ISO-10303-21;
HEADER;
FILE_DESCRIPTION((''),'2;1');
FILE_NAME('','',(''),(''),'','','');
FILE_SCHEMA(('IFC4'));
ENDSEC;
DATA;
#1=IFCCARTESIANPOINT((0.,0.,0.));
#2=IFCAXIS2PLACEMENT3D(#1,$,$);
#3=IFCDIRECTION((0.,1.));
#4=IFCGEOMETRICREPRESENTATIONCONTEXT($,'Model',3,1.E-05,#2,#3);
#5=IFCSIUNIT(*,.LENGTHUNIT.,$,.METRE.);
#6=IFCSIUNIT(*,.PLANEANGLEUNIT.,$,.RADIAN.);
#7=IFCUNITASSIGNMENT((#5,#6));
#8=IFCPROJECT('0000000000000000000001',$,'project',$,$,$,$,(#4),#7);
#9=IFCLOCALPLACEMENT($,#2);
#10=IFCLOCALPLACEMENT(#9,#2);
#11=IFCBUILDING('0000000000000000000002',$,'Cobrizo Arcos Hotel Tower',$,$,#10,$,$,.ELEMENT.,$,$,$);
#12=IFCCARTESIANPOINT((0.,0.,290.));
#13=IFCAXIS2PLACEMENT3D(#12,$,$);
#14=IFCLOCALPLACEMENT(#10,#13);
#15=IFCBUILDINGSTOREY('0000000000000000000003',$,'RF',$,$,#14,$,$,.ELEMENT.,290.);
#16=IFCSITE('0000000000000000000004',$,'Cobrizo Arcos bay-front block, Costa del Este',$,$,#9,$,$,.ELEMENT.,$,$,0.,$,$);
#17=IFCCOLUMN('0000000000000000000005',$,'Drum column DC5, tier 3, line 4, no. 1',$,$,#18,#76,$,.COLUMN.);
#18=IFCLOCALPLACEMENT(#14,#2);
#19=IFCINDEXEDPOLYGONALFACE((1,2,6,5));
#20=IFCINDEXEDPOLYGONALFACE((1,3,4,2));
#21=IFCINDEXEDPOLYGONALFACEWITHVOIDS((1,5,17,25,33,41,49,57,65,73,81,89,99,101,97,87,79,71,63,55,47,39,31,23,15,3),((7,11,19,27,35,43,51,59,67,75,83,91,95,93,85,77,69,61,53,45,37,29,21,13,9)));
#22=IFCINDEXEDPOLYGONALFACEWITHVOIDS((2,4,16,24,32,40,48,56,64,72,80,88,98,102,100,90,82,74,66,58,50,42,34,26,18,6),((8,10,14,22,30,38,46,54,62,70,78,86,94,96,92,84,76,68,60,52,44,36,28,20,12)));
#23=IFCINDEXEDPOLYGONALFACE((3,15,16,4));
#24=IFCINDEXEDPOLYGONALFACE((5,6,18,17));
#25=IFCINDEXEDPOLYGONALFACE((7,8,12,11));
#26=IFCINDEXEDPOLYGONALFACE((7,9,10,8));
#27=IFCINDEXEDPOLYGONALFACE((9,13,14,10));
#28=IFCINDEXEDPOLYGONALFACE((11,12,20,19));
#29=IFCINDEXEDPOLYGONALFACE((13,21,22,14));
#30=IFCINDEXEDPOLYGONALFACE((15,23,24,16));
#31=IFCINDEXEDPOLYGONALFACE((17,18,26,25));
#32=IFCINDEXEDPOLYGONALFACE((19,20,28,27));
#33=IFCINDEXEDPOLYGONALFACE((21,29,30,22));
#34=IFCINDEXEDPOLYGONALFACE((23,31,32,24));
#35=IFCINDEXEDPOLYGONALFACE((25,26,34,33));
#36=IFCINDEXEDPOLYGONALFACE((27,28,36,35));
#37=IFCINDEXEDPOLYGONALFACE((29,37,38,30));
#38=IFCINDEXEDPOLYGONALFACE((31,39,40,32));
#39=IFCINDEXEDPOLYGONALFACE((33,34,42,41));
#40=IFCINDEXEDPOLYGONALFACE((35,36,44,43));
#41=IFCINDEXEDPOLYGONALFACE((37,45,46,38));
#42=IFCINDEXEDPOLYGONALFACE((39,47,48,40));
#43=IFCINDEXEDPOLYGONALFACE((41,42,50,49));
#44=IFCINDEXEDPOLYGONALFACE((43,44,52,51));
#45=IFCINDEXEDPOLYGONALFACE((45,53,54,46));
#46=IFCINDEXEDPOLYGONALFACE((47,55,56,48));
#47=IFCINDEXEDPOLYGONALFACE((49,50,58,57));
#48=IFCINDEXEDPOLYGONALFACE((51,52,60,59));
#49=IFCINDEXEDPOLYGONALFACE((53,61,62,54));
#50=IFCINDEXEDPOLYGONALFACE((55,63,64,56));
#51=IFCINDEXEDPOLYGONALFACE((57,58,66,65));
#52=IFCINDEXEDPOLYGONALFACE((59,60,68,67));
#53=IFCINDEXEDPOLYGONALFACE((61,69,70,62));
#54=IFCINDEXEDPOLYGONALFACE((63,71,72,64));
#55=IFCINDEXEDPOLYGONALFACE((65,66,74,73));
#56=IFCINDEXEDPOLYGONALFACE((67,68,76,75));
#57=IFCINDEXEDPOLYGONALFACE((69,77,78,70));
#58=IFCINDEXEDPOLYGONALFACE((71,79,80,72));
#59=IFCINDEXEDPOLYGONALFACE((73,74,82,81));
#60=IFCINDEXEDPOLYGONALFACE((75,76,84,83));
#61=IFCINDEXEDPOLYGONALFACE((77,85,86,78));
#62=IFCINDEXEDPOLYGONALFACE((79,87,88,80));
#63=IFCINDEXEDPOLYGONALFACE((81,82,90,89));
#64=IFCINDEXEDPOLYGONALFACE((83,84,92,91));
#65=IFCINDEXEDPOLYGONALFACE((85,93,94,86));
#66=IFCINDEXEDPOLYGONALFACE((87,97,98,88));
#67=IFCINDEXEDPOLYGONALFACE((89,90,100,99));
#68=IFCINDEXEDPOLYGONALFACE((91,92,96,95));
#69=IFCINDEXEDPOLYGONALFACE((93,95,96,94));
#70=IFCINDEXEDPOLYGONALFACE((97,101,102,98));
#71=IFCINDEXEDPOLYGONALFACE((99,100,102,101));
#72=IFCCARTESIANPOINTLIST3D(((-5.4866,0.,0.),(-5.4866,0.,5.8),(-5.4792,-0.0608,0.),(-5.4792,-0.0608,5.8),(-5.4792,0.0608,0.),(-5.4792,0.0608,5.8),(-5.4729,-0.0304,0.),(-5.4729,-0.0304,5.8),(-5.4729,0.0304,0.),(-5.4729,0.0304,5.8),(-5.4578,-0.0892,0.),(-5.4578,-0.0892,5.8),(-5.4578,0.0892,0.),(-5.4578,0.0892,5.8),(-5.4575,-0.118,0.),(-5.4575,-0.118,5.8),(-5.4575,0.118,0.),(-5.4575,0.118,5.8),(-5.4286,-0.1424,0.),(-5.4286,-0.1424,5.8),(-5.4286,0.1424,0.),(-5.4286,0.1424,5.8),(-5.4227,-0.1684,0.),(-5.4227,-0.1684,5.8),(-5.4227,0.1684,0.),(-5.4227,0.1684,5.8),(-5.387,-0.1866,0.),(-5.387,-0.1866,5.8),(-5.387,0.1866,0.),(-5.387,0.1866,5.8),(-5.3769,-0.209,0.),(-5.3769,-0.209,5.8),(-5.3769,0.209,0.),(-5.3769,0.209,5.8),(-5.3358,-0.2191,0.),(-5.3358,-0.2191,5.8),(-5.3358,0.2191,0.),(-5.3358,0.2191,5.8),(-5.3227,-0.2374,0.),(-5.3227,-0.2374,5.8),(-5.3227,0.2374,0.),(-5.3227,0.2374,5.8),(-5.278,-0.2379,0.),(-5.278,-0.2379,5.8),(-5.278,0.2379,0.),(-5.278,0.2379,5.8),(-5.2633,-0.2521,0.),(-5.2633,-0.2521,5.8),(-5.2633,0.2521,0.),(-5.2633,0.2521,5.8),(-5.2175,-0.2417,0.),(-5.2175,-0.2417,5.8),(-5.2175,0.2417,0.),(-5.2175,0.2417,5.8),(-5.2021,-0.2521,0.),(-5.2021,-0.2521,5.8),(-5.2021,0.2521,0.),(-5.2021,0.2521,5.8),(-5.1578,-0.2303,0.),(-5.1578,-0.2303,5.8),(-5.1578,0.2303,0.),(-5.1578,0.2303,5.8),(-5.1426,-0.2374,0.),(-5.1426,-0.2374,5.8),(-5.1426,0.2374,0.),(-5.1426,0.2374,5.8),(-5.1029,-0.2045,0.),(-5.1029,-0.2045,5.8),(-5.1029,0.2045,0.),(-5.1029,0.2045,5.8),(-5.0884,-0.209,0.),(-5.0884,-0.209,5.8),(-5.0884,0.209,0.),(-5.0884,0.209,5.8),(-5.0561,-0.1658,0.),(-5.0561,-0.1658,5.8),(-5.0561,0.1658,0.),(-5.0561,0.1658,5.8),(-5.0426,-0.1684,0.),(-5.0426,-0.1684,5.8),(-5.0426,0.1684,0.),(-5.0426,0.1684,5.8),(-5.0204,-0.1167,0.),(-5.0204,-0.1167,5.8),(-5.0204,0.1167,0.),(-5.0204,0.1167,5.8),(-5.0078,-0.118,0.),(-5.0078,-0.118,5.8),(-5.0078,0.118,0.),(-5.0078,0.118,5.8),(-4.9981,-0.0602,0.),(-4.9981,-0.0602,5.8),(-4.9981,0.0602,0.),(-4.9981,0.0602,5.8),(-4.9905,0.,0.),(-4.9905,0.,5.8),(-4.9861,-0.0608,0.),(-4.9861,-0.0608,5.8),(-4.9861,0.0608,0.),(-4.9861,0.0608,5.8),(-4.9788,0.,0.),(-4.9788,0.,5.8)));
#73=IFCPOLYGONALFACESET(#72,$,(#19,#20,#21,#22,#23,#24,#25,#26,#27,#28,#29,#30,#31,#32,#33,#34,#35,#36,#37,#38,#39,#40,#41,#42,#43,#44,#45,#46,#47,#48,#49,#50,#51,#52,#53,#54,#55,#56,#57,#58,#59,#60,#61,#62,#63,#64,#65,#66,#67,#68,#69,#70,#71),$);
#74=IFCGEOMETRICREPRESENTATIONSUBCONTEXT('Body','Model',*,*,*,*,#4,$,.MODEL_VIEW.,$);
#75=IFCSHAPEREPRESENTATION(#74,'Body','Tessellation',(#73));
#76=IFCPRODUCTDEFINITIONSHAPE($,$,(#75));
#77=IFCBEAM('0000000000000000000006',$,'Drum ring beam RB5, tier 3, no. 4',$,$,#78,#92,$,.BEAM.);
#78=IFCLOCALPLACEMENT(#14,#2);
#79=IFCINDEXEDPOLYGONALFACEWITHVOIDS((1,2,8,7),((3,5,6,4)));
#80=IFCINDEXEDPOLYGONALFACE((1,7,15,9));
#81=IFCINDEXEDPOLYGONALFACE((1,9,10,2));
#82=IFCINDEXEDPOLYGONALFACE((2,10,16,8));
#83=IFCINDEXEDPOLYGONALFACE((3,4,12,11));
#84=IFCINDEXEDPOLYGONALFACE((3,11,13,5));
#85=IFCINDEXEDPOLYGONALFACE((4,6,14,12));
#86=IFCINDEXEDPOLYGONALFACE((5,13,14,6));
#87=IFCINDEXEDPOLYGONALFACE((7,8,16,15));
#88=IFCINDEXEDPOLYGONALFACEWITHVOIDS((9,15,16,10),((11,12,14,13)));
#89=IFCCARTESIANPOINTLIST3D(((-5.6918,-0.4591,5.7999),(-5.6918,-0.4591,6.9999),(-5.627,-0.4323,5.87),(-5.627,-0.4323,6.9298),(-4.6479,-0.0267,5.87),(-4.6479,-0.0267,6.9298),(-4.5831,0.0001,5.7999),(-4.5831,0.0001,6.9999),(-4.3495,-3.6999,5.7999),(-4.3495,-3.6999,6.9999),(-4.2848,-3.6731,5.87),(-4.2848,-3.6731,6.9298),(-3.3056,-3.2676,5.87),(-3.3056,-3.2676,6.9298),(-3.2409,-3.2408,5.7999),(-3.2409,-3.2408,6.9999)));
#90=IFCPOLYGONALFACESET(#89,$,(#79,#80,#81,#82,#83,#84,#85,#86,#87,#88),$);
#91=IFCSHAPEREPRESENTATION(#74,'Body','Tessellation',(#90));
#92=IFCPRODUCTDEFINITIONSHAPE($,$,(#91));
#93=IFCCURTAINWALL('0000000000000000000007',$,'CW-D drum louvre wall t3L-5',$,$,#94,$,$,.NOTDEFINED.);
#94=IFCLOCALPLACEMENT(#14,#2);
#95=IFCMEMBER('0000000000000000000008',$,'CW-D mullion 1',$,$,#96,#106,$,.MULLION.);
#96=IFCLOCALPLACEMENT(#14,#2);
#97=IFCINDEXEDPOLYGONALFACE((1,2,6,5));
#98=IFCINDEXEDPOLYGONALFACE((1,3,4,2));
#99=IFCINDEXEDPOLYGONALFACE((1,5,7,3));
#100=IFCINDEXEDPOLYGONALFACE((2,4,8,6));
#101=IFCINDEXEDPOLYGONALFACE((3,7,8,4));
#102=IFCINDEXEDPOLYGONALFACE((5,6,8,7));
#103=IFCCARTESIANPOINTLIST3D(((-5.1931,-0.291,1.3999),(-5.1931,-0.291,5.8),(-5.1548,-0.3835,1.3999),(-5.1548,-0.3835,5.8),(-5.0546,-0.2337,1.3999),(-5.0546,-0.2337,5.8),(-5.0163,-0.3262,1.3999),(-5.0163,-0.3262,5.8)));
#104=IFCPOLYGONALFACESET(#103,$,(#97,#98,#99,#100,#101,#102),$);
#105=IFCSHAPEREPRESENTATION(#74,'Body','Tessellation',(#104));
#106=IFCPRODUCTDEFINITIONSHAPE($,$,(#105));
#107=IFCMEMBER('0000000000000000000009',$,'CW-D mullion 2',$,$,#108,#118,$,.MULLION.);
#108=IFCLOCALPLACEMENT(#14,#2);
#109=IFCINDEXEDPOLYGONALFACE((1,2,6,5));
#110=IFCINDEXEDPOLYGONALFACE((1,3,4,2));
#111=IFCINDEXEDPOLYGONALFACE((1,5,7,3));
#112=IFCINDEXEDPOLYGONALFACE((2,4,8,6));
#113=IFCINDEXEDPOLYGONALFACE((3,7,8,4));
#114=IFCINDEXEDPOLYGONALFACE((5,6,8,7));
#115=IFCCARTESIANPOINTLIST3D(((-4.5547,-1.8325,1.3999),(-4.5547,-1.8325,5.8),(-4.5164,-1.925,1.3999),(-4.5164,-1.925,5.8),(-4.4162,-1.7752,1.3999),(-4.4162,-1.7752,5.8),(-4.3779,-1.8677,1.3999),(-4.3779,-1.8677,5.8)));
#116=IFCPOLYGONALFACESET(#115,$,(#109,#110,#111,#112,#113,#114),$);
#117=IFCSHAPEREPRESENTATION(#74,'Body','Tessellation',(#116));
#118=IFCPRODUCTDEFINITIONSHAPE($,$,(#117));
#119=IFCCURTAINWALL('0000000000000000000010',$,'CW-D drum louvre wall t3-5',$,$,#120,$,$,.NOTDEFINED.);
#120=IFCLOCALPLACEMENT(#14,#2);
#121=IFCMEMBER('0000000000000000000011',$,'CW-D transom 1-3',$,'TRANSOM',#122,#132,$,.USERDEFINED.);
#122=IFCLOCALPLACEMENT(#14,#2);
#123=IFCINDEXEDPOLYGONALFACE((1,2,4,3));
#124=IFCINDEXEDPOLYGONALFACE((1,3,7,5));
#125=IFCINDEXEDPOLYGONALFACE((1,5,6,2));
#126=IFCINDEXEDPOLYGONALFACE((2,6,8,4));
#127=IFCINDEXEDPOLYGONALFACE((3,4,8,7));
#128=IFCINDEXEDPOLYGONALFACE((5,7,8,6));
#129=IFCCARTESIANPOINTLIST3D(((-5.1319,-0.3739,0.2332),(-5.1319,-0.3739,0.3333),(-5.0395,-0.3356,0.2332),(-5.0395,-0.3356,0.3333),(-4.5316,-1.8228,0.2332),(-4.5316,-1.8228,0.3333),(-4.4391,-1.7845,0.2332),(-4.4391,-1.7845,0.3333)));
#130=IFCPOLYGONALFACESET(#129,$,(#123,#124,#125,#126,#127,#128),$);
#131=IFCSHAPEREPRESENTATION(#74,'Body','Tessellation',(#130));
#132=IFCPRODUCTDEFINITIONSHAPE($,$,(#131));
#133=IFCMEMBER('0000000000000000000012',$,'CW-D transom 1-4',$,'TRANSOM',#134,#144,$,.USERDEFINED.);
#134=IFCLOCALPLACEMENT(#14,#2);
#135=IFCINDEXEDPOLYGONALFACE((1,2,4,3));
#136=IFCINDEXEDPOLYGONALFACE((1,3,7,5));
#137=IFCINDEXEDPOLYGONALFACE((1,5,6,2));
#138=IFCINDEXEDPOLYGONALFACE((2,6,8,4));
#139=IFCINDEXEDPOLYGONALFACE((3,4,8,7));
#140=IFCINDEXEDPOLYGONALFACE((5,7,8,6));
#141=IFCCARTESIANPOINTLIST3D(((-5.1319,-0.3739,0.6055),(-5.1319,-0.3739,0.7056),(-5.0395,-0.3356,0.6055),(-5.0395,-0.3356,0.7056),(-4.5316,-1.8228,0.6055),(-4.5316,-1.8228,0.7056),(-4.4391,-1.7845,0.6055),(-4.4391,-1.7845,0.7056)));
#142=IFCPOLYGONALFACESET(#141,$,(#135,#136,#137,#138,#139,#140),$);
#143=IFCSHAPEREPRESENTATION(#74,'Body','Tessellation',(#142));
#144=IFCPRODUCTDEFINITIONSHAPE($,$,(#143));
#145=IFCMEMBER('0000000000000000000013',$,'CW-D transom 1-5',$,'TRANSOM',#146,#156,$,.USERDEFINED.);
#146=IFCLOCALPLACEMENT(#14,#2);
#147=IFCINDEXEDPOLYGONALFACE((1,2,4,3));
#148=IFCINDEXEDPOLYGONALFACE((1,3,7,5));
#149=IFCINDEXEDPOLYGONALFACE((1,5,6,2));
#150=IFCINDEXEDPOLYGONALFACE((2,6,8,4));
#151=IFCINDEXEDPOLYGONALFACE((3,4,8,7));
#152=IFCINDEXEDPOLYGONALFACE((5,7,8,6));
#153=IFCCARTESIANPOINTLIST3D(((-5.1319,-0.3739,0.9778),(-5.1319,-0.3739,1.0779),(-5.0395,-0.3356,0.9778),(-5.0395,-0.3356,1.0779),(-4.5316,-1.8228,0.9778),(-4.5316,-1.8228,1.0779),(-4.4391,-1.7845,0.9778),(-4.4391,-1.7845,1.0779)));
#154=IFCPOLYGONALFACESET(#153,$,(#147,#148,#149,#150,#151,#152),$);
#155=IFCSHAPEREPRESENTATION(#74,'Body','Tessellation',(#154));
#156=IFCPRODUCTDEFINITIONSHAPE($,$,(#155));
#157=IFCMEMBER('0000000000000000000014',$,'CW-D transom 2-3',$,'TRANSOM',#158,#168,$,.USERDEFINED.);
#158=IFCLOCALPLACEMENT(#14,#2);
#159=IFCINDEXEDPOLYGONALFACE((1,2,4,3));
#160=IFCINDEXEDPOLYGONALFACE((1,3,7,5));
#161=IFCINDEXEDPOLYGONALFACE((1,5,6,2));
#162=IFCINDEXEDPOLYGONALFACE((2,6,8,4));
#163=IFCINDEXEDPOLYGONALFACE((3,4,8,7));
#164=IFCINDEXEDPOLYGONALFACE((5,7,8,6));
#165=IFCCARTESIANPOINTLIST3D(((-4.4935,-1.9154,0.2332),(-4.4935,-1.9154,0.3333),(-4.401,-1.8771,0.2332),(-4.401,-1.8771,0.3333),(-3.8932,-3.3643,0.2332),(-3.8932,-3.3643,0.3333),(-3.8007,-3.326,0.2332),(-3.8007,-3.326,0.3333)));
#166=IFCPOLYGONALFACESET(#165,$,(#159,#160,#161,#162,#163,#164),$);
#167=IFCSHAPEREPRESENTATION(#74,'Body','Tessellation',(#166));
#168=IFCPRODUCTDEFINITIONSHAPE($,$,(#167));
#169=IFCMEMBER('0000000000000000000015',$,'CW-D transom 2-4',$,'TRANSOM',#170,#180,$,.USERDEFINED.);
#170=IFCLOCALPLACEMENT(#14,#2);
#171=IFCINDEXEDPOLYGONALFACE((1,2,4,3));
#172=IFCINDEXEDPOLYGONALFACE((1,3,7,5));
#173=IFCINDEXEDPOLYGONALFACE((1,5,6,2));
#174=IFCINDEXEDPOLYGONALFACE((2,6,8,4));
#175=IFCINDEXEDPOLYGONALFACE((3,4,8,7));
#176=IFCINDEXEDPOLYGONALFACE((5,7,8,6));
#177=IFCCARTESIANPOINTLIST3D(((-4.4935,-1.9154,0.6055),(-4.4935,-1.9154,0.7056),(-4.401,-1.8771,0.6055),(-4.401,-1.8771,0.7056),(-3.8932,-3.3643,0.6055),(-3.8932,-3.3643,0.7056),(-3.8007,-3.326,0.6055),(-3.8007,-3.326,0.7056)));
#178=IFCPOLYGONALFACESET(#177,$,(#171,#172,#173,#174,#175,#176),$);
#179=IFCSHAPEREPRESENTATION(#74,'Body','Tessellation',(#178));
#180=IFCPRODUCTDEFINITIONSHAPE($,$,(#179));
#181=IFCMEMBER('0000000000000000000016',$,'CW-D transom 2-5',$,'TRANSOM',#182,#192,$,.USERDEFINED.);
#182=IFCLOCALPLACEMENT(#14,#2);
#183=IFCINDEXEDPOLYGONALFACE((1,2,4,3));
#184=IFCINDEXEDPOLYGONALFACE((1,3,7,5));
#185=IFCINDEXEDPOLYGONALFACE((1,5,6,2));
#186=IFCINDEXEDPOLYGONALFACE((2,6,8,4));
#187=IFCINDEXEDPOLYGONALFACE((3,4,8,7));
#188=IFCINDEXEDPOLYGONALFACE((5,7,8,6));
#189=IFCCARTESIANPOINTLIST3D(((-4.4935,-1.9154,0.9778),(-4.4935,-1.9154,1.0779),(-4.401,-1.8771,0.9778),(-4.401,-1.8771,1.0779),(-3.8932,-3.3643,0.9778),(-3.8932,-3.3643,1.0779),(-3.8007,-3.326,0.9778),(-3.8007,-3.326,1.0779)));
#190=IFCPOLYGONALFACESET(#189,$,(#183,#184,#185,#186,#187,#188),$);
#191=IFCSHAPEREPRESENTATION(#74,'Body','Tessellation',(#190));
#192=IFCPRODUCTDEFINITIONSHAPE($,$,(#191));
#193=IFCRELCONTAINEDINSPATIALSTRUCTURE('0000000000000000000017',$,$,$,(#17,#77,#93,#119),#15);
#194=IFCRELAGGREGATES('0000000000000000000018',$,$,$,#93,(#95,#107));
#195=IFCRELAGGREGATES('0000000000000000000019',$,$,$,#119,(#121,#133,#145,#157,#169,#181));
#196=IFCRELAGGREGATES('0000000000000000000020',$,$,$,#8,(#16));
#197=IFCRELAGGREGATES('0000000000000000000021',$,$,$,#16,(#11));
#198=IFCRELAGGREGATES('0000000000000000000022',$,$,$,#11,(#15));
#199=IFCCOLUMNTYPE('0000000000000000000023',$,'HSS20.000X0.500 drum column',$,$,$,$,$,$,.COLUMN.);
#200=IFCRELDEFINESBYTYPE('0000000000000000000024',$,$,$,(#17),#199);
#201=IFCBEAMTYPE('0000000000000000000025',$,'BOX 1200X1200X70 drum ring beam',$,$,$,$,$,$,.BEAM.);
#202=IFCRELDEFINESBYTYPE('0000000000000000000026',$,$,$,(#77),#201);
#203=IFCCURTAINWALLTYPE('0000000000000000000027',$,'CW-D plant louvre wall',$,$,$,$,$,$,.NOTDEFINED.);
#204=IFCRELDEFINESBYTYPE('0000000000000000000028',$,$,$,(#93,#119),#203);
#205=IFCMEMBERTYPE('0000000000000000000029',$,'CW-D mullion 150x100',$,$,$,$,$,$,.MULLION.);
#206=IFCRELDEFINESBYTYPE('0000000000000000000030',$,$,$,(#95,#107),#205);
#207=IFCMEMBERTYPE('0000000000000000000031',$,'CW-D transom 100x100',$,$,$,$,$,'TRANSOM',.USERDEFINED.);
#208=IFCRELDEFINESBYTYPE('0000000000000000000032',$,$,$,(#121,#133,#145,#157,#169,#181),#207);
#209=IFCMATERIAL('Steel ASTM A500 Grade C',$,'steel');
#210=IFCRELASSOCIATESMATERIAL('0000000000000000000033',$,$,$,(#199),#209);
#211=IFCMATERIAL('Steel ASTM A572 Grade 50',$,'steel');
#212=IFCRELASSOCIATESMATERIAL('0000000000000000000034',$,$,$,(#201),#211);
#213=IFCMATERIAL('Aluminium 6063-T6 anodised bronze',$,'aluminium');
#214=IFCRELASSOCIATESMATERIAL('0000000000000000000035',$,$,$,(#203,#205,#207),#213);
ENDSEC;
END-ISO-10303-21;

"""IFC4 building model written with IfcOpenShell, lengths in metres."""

from ifc_helpers import new_model, si_unit, direction, frame, origin, origin_2d, place, context, subcontext, project, spatial, rectangle, hollow_rectangle, hollow_circle, extrude, material, material_profile, profile_set, type_object, element, aggregate, save


model = new_model("IFC4")

# Units and contexts
model_context = context("Model", 3, precision=1e-05, world=origin(), true_north=direction((0.0, 1.0)))
body_context = subcontext(model_context, "Body", "Model", "MODEL_VIEW")
ifc_project = project(units=[si_unit("LENGTHUNIT", "METRE"), si_unit("PLANEANGLEUNIT", "RADIAN")], contexts=[model_context])

# Site, building, storey
site_placement = place(None, origin())
site = spatial("IfcSite", under=ifc_project, at=site_placement, Name="Cobrizo Arcos bay-front block, Costa del Este", CompositionType="ELEMENT", RefElevation=0.0)
building_placement = place(site_placement, origin())
building = spatial("IfcBuilding", under=site, at=building_placement, Name="Cobrizo Arcos Hotel Tower", CompositionType="ELEMENT")
storey_placement = place(building_placement, frame((0.0, 0.0, 290.0)))
storey = spatial("IfcBuildingStorey", under=building, at=storey_placement, Name="RF", CompositionType="ELEMENT", Elevation=290.0)

# Column
ifc_material_1 = material(Name="Steel ASTM A500 Grade C", Category="steel")
ifc_material_profile_1 = material_profile(ifc_material_1, hollow_circle(Radius=0.2539, WallThickness=0.0117, at=origin_2d()), Name="HSS20.000X0.500")
ifc_profile_set_1 = profile_set([ifc_material_profile_1], Name="Steel ASTM A500 Grade C")
column_type = type_object("IfcColumnType", Name="HSS20.000X0.500 drum column", PredefinedType="COLUMN", material=ifc_profile_set_1)
column_placement = place(storey_placement, frame((-5.2327, 0.0, 0.0), z_axis=(0.0, 0.0, 1.0), x_axis=(1.0, 0.0, 0.0)))
element("IfcColumn", 1, at=column_placement, inside=storey, type_object=column_type, Name="Drum column DC5, tier 3, line 4, no. 1", PredefinedType="COLUMN", context=body_context, shape_type="SweptSolid", body=[
    extrude(hollow_circle(Radius=0.2539, WallThickness=0.0117, at=origin_2d()), origin(), (0.0, 0.0, 1.0), 5.8),
])

# Beam
ifc_material_2 = material(Name="Steel ASTM A572 Grade 50", Category="steel")
ifc_material_profile_2 = material_profile(ifc_material_2, hollow_rectangle(XDim=1.2, YDim=1.2, WallThickness=0.0701, at=origin_2d()), Name="BOX 1200X1200X70")
ifc_profile_set_2 = profile_set([ifc_material_profile_2], Name="Steel ASTM A572 Grade 50")
beam_type = type_object("IfcBeamType", Name="BOX 1200X1200X70 drum ring beam", PredefinedType="BEAM", material=ifc_profile_set_2)
beam_placement = place(storey_placement, frame((-5.1375, -0.2295, 6.3999), z_axis=(0.382643, -0.923896, 0.0), x_axis=(0.923896, 0.382643, 0.0)))
element("IfcBeam", 2, at=beam_placement, inside=storey, type_object=beam_type, Name="Drum ring beam RB5, tier 3, no. 4", PredefinedType="BEAM", context=body_context, shape_type="SweptSolid", body=[
    extrude(hollow_rectangle(XDim=1.2, YDim=1.2, WallThickness=0.0701, at=origin_2d()), origin(), (0.0, 0.0, 1.0), 3.5078),
])

# Curtain walls, members
ifc_material_3 = material(Name="Aluminium 6063-T6 anodised bronze", Category="aluminium")
curtain_wall_type = type_object("IfcCurtainWallType", Name="CW-D plant louvre wall", PredefinedType="NOTDEFINED", material=ifc_material_3)
curtain_wall_1_placement = place(storey_placement, origin())
curtain_wall_1 = element("IfcCurtainWall", 3, at=curtain_wall_1_placement, inside=storey, type_object=curtain_wall_type, Name="CW-D drum louvre wall t3L-5", PredefinedType="NOTDEFINED")
ifc_material_profile_3 = material_profile(ifc_material_3, rectangle(XDim=0.1499, YDim=0.1001, at=origin_2d()), Name="CW-D mullion 150x100")
ifc_profile_set_3 = profile_set([ifc_material_profile_3], Name="Aluminium 6063-T6 anodised bronze")
member_type_1 = type_object("IfcMemberType", Name="CW-D mullion 150x100", PredefinedType="MULLION", material=ifc_profile_set_3)
member_1_placement = place(storey_placement, frame((-5.1047, -0.3086, 1.3999), z_axis=(0.0, 0.0, 1.0), x_axis=(-0.92388, -0.382683, 0.0)))
member_1 = element("IfcMember", 4, at=member_1_placement, type_object=member_type_1, Name="CW-D mullion 1", PredefinedType="MULLION", context=body_context, shape_type="SweptSolid", body=[
    extrude(rectangle(XDim=0.1499, YDim=0.1001, at=origin_2d()), origin(), (0.0, 0.0, 1.0), 4.4001),
])
member_2_placement = place(storey_placement, frame((-4.4663, -1.8501, 1.3999), z_axis=(0.0, 0.0, 1.0), x_axis=(-0.92388, -0.382683, 0.0)))
member_2 = element("IfcMember", 5, at=member_2_placement, type_object=member_type_1, Name="CW-D mullion 2", PredefinedType="MULLION", context=body_context, shape_type="SweptSolid", body=[
    extrude(rectangle(XDim=0.1499, YDim=0.1001, at=origin_2d()), origin(), (0.0, 0.0, 1.0), 4.4001),
])
curtain_wall_2_placement = place(storey_placement, origin())
curtain_wall_2 = element("IfcCurtainWall", 6, at=curtain_wall_2_placement, inside=storey, type_object=curtain_wall_type, Name="CW-D drum louvre wall t3-5", PredefinedType="NOTDEFINED")
ifc_material_profile_4 = material_profile(ifc_material_3, rectangle(XDim=0.1001, YDim=0.1001, at=origin_2d()), Name="CW-D transom 100x100")
ifc_profile_set_4 = profile_set([ifc_material_profile_4], Name="Aluminium 6063-T6 anodised bronze")
member_type_2 = type_object("IfcMemberType", Name="CW-D transom 100x100", ElementType="TRANSOM", PredefinedType="USERDEFINED", material=ifc_profile_set_4)
member_3_placement = place(storey_placement, frame((-5.0857, -0.3547, 0.2832), z_axis=(0.382769, -0.923844, 0.0), x_axis=(0.923844, 0.382769, 0.0)))
member_3 = element("IfcMember", 7, at=member_3_placement, type_object=member_type_2, Name="CW-D transom 1-3", ObjectType="TRANSOM", PredefinedType="USERDEFINED", context=body_context, shape_type="SweptSolid", body=[
    extrude(rectangle(XDim=0.1001, YDim=0.1001, at=origin_2d()), origin(), (0.0, 0.0, 1.0), 1.5684),
])
member_4_placement = place(storey_placement, frame((-5.0857, -0.3547, 0.6555), z_axis=(0.382769, -0.923844, 0.0), x_axis=(0.923844, 0.382769, 0.0)))
member_4 = element("IfcMember", 8, at=member_4_placement, type_object=member_type_2, Name="CW-D transom 1-4", ObjectType="TRANSOM", PredefinedType="USERDEFINED", context=body_context, shape_type="SweptSolid", body=[
    extrude(rectangle(XDim=0.1001, YDim=0.1001, at=origin_2d()), origin(), (0.0, 0.0, 1.0), 1.5684),
])
member_5_placement = place(storey_placement, frame((-5.0857, -0.3547, 1.0278), z_axis=(0.382769, -0.923844, 0.0), x_axis=(0.923844, 0.382769, 0.0)))
member_5 = element("IfcMember", 9, at=member_5_placement, type_object=member_type_2, Name="CW-D transom 1-5", ObjectType="TRANSOM", PredefinedType="USERDEFINED", context=body_context, shape_type="SweptSolid", body=[
    extrude(rectangle(XDim=0.1001, YDim=0.1001, at=origin_2d()), origin(), (0.0, 0.0, 1.0), 1.5684),
])
member_6_placement = place(storey_placement, frame((-4.4473, -1.8962, 0.2832), z_axis=(0.382769, -0.923844, 0.0), x_axis=(0.923844, 0.382769, 0.0)))
member_6 = element("IfcMember", 10, at=member_6_placement, type_object=member_type_2, Name="CW-D transom 2-3", ObjectType="TRANSOM", PredefinedType="USERDEFINED", context=body_context, shape_type="SweptSolid", body=[
    extrude(rectangle(XDim=0.1001, YDim=0.1001, at=origin_2d()), origin(), (0.0, 0.0, 1.0), 1.5684),
])
member_7_placement = place(storey_placement, frame((-4.4473, -1.8962, 0.6555), z_axis=(0.382769, -0.923844, 0.0), x_axis=(0.923844, 0.382769, 0.0)))
member_7 = element("IfcMember", 11, at=member_7_placement, type_object=member_type_2, Name="CW-D transom 2-4", ObjectType="TRANSOM", PredefinedType="USERDEFINED", context=body_context, shape_type="SweptSolid", body=[
    extrude(rectangle(XDim=0.1001, YDim=0.1001, at=origin_2d()), origin(), (0.0, 0.0, 1.0), 1.5684),
])
member_8_placement = place(storey_placement, frame((-4.4473, -1.8962, 1.0278), z_axis=(0.382769, -0.923844, 0.0), x_axis=(0.923844, 0.382769, 0.0)))
member_8 = element("IfcMember", 12, at=member_8_placement, type_object=member_type_2, Name="CW-D transom 2-5", ObjectType="TRANSOM", PredefinedType="USERDEFINED", context=body_context, shape_type="SweptSolid", body=[
    extrude(rectangle(XDim=0.1001, YDim=0.1001, at=origin_2d()), origin(), (0.0, 0.0, 1.0), 1.5684),
])

aggregate(curtain_wall_1, [member_1, member_2])
aggregate(curtain_wall_2, [member_3, member_4, member_5, member_6, member_7, member_8])

save(model, "model.ifc")
